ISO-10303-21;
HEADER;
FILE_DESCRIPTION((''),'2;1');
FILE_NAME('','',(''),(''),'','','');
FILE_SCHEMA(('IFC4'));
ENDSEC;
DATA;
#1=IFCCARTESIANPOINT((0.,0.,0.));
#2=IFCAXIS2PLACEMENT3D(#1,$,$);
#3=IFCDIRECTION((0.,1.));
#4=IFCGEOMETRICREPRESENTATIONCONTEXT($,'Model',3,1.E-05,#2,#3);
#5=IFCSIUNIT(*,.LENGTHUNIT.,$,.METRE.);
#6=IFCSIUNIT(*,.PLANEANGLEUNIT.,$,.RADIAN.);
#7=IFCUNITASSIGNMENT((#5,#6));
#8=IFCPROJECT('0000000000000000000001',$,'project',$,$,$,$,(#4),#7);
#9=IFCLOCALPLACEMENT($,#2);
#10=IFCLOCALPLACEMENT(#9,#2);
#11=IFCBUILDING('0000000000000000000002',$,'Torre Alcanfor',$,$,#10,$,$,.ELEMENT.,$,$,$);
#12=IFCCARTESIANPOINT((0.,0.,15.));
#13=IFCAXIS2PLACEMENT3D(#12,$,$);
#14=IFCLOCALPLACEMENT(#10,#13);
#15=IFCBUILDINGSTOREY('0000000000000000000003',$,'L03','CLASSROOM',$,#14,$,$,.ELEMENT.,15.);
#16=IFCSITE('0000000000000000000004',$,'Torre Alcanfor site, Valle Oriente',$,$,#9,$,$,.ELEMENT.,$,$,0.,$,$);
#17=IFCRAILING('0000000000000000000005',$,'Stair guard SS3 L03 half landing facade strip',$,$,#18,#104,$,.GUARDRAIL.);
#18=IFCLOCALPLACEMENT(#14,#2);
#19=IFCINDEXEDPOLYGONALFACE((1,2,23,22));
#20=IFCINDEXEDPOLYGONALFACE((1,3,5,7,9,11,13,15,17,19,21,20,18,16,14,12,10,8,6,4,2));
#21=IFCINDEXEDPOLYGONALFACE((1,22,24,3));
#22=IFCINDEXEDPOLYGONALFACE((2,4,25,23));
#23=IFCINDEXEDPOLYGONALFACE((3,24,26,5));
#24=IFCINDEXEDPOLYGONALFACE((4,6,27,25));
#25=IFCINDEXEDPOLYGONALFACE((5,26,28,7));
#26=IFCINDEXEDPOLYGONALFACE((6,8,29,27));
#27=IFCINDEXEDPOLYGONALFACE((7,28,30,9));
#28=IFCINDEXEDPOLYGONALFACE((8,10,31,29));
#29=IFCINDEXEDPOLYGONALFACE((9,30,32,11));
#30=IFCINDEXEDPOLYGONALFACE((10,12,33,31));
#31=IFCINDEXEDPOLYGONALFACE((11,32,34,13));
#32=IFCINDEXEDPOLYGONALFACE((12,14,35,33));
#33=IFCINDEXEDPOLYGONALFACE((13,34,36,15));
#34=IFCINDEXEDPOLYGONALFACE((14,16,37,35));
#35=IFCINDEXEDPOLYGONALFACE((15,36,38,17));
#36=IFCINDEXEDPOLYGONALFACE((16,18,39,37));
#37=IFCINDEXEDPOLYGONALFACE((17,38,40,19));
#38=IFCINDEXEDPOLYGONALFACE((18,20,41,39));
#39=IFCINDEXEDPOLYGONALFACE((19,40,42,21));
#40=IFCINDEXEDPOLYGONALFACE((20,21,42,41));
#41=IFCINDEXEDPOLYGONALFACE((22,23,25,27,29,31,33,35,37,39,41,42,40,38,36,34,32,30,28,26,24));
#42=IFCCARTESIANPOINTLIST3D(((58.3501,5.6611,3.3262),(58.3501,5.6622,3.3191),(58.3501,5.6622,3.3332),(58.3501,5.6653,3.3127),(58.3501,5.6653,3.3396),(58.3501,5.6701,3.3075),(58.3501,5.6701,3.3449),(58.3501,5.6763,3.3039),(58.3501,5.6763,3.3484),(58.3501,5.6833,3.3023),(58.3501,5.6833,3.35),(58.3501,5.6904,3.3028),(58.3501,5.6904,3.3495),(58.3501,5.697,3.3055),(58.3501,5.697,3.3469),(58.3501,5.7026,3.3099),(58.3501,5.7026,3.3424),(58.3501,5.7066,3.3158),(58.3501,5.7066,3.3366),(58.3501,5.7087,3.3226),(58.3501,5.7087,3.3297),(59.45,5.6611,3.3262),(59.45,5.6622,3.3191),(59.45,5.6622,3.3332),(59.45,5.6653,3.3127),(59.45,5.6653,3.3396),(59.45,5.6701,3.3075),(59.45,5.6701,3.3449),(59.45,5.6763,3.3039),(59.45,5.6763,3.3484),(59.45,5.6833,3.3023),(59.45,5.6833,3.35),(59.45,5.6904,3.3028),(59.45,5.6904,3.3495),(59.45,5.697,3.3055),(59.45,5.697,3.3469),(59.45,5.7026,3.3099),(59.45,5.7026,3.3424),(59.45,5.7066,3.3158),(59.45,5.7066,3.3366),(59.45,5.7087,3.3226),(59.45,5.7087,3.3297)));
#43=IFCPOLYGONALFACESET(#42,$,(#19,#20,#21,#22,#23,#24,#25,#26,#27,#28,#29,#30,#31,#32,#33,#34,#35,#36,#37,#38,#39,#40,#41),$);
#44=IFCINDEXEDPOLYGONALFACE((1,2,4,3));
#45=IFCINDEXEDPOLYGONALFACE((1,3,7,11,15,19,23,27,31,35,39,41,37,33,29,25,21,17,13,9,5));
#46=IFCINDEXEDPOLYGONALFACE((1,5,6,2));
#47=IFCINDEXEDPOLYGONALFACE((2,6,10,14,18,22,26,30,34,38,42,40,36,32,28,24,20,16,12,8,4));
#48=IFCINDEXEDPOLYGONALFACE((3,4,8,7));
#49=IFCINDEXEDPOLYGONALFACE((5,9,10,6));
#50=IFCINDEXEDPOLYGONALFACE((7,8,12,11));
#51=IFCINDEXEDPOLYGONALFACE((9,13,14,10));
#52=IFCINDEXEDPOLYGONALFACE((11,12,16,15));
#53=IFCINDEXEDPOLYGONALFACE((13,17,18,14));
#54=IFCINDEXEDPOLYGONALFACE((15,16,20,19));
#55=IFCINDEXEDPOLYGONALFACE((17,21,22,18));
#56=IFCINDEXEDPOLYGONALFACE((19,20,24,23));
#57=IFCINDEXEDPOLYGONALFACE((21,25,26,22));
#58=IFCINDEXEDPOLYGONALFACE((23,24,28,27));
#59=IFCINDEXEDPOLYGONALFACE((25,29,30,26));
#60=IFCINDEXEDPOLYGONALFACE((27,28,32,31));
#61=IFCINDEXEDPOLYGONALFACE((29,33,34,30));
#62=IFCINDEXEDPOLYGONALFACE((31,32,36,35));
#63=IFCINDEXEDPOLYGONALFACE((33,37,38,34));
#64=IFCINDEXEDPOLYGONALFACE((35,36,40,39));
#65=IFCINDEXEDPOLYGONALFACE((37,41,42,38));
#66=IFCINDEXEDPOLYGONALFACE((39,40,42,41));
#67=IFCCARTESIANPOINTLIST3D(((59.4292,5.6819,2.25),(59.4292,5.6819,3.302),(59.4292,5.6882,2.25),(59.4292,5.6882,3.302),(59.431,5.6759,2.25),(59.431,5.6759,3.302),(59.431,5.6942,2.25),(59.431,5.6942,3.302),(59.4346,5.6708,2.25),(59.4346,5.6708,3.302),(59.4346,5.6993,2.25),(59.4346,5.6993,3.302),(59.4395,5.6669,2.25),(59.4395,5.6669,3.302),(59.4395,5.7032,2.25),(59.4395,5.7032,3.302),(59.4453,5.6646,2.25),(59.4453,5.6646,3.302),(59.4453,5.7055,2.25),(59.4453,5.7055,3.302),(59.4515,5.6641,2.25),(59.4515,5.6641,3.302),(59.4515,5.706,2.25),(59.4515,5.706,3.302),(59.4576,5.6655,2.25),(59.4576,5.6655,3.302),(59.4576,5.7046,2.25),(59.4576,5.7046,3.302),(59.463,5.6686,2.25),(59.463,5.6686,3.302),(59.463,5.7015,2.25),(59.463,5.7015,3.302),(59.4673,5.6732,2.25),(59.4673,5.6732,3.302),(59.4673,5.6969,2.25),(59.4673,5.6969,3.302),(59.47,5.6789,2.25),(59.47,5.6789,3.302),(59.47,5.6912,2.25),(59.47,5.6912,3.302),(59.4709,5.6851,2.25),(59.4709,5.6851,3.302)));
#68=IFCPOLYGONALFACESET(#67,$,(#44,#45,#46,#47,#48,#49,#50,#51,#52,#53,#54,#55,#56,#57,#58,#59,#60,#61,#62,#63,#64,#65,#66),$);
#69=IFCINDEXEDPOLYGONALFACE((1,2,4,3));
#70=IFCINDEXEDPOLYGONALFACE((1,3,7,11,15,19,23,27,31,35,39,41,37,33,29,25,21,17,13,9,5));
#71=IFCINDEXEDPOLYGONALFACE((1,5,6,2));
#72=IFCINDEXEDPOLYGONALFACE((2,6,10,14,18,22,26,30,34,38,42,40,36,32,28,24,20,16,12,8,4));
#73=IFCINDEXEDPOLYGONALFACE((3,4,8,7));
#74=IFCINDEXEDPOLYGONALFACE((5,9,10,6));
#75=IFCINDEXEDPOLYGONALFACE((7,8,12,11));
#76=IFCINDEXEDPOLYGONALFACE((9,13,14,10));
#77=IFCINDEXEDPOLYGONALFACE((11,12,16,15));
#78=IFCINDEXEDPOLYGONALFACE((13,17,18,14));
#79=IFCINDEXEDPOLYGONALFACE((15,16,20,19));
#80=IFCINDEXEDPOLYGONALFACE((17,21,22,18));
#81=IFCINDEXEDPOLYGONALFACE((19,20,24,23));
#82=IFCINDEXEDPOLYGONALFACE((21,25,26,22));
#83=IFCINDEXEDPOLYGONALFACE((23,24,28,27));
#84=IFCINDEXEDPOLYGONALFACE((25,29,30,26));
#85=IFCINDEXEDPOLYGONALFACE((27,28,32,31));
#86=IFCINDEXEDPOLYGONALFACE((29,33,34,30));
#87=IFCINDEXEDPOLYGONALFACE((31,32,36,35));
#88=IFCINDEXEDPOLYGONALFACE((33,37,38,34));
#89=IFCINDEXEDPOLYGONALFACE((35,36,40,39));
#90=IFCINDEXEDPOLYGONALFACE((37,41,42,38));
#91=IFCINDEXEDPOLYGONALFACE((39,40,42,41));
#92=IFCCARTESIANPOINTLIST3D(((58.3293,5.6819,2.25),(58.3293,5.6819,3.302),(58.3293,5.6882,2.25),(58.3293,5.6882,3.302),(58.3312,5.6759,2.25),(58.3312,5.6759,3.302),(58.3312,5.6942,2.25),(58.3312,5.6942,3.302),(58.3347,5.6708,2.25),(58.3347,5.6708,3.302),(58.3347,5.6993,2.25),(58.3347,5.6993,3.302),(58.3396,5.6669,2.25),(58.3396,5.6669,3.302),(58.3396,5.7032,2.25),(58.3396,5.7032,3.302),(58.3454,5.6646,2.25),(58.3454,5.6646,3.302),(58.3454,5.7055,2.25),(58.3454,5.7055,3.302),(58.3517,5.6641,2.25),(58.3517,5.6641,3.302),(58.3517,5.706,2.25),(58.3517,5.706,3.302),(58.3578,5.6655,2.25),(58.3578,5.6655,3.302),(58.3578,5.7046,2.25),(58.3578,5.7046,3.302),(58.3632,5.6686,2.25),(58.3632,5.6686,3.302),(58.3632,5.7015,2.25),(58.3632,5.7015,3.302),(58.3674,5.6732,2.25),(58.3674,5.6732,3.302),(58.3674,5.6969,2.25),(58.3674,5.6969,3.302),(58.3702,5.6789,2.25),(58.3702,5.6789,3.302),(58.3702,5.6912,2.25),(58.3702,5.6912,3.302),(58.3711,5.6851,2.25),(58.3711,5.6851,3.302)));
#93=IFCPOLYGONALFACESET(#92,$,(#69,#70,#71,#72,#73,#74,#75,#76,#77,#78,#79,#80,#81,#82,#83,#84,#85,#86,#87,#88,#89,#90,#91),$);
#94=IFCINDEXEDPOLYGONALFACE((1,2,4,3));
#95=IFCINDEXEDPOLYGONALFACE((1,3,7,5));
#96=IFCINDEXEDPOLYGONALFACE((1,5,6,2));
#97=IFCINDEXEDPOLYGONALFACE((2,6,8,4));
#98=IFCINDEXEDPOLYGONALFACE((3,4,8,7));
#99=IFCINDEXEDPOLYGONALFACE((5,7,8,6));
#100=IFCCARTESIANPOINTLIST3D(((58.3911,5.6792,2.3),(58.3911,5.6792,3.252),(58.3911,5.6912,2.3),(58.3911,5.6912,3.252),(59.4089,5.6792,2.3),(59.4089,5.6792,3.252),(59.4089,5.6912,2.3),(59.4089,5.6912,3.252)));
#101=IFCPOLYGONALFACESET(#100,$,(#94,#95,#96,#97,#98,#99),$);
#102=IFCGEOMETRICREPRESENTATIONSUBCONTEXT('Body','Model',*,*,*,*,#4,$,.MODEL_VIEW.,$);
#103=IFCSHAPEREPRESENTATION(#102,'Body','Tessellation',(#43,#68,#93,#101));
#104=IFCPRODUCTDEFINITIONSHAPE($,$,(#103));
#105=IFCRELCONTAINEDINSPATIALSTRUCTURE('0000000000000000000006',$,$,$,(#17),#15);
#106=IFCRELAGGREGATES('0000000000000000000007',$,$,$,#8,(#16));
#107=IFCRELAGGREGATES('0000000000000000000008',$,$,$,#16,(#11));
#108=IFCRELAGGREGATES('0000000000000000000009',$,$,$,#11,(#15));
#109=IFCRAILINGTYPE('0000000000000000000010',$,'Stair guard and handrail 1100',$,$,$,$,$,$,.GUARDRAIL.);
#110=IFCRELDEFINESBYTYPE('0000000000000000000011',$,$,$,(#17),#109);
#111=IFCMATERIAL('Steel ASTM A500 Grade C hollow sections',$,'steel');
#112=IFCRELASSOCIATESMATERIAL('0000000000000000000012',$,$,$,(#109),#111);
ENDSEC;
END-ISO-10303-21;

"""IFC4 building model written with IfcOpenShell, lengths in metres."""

from ifc_helpers import new_model, si_unit, direction, frame, origin, origin_2d, place, context, subcontext, project, spatial, polyline, circle, outline, extrude, material, type_object, element, save


model = new_model("IFC4")

# Units and contexts
model_context = context("Model", 3, precision=1e-05, world=origin(), true_north=direction((0.0, 1.0)))
body_context = subcontext(model_context, "Body", "Model", "MODEL_VIEW")
ifc_project = project(units=[si_unit("LENGTHUNIT", "METRE"), si_unit("PLANEANGLEUNIT", "RADIAN")], contexts=[model_context])

# Site, building, storey
site_placement = place(None, origin())
site = spatial("IfcSite", under=ifc_project, at=site_placement, Name="Torre Alcanfor site, Valle Oriente", CompositionType="ELEMENT", RefElevation=0.0)
building_placement = place(site_placement, origin())
building = spatial("IfcBuilding", under=site, at=building_placement, Name="Torre Alcanfor", CompositionType="ELEMENT")
storey_placement = place(building_placement, frame((0.0, 0.0, 15.0)))
storey = spatial("IfcBuildingStorey", under=building, at=storey_placement, Name="L03", Description="CLASSROOM", CompositionType="ELEMENT", Elevation=15.0)

# Railing
ifc_material_1 = material(Name="Steel ASTM A500 Grade C hollow sections", Category="steel")
railing_type_1 = type_object("IfcRailingType", Name="Stair guard and handrail 1100", PredefinedType="GUARDRAIL", material=ifc_material_1)
railing_1_placement = place(storey_placement, frame((59.45, 5.6851, 2.25)))
element("IfcRailing", 1, at=railing_1_placement, inside=storey, type_object=railing_type_1, Name="Stair guard SS3 L03 half landing facade strip", PredefinedType="GUARDRAIL", context=body_context, shape_type="SweptSolid", body=[
    extrude(circle(Radius=0.0239, at=origin_2d()), frame((0.0, 0.0, 1.0762), z_axis=(-1.0, 0.0, 0.0), x_axis=(0.0, -1.0, 0.0)), (0.0, 0.0, 1.0), 1.0999),
    extrude(circle(Radius=0.021, at=origin_2d()), origin(), (0.0, 0.0, 1.0), 1.052),
    extrude(circle(Radius=0.021, at=origin_2d()), frame((-1.0999, 0.0, 0.0)), (0.0, 0.0, 1.0), 1.052),
    extrude(outline(polyline([(0.041, 0.05), (1.0588, 0.05), (1.0588, 1.002), (0.041, 1.002), (0.041, 0.05)])), frame((0.0, -0.0059, 0.0), z_axis=(0.0, 1.0, 0.0), x_axis=(-1.0, 0.0, 0.0)), (0.0, 0.0, 1.0), 0.012),
])

save(model, "model.ifc")
